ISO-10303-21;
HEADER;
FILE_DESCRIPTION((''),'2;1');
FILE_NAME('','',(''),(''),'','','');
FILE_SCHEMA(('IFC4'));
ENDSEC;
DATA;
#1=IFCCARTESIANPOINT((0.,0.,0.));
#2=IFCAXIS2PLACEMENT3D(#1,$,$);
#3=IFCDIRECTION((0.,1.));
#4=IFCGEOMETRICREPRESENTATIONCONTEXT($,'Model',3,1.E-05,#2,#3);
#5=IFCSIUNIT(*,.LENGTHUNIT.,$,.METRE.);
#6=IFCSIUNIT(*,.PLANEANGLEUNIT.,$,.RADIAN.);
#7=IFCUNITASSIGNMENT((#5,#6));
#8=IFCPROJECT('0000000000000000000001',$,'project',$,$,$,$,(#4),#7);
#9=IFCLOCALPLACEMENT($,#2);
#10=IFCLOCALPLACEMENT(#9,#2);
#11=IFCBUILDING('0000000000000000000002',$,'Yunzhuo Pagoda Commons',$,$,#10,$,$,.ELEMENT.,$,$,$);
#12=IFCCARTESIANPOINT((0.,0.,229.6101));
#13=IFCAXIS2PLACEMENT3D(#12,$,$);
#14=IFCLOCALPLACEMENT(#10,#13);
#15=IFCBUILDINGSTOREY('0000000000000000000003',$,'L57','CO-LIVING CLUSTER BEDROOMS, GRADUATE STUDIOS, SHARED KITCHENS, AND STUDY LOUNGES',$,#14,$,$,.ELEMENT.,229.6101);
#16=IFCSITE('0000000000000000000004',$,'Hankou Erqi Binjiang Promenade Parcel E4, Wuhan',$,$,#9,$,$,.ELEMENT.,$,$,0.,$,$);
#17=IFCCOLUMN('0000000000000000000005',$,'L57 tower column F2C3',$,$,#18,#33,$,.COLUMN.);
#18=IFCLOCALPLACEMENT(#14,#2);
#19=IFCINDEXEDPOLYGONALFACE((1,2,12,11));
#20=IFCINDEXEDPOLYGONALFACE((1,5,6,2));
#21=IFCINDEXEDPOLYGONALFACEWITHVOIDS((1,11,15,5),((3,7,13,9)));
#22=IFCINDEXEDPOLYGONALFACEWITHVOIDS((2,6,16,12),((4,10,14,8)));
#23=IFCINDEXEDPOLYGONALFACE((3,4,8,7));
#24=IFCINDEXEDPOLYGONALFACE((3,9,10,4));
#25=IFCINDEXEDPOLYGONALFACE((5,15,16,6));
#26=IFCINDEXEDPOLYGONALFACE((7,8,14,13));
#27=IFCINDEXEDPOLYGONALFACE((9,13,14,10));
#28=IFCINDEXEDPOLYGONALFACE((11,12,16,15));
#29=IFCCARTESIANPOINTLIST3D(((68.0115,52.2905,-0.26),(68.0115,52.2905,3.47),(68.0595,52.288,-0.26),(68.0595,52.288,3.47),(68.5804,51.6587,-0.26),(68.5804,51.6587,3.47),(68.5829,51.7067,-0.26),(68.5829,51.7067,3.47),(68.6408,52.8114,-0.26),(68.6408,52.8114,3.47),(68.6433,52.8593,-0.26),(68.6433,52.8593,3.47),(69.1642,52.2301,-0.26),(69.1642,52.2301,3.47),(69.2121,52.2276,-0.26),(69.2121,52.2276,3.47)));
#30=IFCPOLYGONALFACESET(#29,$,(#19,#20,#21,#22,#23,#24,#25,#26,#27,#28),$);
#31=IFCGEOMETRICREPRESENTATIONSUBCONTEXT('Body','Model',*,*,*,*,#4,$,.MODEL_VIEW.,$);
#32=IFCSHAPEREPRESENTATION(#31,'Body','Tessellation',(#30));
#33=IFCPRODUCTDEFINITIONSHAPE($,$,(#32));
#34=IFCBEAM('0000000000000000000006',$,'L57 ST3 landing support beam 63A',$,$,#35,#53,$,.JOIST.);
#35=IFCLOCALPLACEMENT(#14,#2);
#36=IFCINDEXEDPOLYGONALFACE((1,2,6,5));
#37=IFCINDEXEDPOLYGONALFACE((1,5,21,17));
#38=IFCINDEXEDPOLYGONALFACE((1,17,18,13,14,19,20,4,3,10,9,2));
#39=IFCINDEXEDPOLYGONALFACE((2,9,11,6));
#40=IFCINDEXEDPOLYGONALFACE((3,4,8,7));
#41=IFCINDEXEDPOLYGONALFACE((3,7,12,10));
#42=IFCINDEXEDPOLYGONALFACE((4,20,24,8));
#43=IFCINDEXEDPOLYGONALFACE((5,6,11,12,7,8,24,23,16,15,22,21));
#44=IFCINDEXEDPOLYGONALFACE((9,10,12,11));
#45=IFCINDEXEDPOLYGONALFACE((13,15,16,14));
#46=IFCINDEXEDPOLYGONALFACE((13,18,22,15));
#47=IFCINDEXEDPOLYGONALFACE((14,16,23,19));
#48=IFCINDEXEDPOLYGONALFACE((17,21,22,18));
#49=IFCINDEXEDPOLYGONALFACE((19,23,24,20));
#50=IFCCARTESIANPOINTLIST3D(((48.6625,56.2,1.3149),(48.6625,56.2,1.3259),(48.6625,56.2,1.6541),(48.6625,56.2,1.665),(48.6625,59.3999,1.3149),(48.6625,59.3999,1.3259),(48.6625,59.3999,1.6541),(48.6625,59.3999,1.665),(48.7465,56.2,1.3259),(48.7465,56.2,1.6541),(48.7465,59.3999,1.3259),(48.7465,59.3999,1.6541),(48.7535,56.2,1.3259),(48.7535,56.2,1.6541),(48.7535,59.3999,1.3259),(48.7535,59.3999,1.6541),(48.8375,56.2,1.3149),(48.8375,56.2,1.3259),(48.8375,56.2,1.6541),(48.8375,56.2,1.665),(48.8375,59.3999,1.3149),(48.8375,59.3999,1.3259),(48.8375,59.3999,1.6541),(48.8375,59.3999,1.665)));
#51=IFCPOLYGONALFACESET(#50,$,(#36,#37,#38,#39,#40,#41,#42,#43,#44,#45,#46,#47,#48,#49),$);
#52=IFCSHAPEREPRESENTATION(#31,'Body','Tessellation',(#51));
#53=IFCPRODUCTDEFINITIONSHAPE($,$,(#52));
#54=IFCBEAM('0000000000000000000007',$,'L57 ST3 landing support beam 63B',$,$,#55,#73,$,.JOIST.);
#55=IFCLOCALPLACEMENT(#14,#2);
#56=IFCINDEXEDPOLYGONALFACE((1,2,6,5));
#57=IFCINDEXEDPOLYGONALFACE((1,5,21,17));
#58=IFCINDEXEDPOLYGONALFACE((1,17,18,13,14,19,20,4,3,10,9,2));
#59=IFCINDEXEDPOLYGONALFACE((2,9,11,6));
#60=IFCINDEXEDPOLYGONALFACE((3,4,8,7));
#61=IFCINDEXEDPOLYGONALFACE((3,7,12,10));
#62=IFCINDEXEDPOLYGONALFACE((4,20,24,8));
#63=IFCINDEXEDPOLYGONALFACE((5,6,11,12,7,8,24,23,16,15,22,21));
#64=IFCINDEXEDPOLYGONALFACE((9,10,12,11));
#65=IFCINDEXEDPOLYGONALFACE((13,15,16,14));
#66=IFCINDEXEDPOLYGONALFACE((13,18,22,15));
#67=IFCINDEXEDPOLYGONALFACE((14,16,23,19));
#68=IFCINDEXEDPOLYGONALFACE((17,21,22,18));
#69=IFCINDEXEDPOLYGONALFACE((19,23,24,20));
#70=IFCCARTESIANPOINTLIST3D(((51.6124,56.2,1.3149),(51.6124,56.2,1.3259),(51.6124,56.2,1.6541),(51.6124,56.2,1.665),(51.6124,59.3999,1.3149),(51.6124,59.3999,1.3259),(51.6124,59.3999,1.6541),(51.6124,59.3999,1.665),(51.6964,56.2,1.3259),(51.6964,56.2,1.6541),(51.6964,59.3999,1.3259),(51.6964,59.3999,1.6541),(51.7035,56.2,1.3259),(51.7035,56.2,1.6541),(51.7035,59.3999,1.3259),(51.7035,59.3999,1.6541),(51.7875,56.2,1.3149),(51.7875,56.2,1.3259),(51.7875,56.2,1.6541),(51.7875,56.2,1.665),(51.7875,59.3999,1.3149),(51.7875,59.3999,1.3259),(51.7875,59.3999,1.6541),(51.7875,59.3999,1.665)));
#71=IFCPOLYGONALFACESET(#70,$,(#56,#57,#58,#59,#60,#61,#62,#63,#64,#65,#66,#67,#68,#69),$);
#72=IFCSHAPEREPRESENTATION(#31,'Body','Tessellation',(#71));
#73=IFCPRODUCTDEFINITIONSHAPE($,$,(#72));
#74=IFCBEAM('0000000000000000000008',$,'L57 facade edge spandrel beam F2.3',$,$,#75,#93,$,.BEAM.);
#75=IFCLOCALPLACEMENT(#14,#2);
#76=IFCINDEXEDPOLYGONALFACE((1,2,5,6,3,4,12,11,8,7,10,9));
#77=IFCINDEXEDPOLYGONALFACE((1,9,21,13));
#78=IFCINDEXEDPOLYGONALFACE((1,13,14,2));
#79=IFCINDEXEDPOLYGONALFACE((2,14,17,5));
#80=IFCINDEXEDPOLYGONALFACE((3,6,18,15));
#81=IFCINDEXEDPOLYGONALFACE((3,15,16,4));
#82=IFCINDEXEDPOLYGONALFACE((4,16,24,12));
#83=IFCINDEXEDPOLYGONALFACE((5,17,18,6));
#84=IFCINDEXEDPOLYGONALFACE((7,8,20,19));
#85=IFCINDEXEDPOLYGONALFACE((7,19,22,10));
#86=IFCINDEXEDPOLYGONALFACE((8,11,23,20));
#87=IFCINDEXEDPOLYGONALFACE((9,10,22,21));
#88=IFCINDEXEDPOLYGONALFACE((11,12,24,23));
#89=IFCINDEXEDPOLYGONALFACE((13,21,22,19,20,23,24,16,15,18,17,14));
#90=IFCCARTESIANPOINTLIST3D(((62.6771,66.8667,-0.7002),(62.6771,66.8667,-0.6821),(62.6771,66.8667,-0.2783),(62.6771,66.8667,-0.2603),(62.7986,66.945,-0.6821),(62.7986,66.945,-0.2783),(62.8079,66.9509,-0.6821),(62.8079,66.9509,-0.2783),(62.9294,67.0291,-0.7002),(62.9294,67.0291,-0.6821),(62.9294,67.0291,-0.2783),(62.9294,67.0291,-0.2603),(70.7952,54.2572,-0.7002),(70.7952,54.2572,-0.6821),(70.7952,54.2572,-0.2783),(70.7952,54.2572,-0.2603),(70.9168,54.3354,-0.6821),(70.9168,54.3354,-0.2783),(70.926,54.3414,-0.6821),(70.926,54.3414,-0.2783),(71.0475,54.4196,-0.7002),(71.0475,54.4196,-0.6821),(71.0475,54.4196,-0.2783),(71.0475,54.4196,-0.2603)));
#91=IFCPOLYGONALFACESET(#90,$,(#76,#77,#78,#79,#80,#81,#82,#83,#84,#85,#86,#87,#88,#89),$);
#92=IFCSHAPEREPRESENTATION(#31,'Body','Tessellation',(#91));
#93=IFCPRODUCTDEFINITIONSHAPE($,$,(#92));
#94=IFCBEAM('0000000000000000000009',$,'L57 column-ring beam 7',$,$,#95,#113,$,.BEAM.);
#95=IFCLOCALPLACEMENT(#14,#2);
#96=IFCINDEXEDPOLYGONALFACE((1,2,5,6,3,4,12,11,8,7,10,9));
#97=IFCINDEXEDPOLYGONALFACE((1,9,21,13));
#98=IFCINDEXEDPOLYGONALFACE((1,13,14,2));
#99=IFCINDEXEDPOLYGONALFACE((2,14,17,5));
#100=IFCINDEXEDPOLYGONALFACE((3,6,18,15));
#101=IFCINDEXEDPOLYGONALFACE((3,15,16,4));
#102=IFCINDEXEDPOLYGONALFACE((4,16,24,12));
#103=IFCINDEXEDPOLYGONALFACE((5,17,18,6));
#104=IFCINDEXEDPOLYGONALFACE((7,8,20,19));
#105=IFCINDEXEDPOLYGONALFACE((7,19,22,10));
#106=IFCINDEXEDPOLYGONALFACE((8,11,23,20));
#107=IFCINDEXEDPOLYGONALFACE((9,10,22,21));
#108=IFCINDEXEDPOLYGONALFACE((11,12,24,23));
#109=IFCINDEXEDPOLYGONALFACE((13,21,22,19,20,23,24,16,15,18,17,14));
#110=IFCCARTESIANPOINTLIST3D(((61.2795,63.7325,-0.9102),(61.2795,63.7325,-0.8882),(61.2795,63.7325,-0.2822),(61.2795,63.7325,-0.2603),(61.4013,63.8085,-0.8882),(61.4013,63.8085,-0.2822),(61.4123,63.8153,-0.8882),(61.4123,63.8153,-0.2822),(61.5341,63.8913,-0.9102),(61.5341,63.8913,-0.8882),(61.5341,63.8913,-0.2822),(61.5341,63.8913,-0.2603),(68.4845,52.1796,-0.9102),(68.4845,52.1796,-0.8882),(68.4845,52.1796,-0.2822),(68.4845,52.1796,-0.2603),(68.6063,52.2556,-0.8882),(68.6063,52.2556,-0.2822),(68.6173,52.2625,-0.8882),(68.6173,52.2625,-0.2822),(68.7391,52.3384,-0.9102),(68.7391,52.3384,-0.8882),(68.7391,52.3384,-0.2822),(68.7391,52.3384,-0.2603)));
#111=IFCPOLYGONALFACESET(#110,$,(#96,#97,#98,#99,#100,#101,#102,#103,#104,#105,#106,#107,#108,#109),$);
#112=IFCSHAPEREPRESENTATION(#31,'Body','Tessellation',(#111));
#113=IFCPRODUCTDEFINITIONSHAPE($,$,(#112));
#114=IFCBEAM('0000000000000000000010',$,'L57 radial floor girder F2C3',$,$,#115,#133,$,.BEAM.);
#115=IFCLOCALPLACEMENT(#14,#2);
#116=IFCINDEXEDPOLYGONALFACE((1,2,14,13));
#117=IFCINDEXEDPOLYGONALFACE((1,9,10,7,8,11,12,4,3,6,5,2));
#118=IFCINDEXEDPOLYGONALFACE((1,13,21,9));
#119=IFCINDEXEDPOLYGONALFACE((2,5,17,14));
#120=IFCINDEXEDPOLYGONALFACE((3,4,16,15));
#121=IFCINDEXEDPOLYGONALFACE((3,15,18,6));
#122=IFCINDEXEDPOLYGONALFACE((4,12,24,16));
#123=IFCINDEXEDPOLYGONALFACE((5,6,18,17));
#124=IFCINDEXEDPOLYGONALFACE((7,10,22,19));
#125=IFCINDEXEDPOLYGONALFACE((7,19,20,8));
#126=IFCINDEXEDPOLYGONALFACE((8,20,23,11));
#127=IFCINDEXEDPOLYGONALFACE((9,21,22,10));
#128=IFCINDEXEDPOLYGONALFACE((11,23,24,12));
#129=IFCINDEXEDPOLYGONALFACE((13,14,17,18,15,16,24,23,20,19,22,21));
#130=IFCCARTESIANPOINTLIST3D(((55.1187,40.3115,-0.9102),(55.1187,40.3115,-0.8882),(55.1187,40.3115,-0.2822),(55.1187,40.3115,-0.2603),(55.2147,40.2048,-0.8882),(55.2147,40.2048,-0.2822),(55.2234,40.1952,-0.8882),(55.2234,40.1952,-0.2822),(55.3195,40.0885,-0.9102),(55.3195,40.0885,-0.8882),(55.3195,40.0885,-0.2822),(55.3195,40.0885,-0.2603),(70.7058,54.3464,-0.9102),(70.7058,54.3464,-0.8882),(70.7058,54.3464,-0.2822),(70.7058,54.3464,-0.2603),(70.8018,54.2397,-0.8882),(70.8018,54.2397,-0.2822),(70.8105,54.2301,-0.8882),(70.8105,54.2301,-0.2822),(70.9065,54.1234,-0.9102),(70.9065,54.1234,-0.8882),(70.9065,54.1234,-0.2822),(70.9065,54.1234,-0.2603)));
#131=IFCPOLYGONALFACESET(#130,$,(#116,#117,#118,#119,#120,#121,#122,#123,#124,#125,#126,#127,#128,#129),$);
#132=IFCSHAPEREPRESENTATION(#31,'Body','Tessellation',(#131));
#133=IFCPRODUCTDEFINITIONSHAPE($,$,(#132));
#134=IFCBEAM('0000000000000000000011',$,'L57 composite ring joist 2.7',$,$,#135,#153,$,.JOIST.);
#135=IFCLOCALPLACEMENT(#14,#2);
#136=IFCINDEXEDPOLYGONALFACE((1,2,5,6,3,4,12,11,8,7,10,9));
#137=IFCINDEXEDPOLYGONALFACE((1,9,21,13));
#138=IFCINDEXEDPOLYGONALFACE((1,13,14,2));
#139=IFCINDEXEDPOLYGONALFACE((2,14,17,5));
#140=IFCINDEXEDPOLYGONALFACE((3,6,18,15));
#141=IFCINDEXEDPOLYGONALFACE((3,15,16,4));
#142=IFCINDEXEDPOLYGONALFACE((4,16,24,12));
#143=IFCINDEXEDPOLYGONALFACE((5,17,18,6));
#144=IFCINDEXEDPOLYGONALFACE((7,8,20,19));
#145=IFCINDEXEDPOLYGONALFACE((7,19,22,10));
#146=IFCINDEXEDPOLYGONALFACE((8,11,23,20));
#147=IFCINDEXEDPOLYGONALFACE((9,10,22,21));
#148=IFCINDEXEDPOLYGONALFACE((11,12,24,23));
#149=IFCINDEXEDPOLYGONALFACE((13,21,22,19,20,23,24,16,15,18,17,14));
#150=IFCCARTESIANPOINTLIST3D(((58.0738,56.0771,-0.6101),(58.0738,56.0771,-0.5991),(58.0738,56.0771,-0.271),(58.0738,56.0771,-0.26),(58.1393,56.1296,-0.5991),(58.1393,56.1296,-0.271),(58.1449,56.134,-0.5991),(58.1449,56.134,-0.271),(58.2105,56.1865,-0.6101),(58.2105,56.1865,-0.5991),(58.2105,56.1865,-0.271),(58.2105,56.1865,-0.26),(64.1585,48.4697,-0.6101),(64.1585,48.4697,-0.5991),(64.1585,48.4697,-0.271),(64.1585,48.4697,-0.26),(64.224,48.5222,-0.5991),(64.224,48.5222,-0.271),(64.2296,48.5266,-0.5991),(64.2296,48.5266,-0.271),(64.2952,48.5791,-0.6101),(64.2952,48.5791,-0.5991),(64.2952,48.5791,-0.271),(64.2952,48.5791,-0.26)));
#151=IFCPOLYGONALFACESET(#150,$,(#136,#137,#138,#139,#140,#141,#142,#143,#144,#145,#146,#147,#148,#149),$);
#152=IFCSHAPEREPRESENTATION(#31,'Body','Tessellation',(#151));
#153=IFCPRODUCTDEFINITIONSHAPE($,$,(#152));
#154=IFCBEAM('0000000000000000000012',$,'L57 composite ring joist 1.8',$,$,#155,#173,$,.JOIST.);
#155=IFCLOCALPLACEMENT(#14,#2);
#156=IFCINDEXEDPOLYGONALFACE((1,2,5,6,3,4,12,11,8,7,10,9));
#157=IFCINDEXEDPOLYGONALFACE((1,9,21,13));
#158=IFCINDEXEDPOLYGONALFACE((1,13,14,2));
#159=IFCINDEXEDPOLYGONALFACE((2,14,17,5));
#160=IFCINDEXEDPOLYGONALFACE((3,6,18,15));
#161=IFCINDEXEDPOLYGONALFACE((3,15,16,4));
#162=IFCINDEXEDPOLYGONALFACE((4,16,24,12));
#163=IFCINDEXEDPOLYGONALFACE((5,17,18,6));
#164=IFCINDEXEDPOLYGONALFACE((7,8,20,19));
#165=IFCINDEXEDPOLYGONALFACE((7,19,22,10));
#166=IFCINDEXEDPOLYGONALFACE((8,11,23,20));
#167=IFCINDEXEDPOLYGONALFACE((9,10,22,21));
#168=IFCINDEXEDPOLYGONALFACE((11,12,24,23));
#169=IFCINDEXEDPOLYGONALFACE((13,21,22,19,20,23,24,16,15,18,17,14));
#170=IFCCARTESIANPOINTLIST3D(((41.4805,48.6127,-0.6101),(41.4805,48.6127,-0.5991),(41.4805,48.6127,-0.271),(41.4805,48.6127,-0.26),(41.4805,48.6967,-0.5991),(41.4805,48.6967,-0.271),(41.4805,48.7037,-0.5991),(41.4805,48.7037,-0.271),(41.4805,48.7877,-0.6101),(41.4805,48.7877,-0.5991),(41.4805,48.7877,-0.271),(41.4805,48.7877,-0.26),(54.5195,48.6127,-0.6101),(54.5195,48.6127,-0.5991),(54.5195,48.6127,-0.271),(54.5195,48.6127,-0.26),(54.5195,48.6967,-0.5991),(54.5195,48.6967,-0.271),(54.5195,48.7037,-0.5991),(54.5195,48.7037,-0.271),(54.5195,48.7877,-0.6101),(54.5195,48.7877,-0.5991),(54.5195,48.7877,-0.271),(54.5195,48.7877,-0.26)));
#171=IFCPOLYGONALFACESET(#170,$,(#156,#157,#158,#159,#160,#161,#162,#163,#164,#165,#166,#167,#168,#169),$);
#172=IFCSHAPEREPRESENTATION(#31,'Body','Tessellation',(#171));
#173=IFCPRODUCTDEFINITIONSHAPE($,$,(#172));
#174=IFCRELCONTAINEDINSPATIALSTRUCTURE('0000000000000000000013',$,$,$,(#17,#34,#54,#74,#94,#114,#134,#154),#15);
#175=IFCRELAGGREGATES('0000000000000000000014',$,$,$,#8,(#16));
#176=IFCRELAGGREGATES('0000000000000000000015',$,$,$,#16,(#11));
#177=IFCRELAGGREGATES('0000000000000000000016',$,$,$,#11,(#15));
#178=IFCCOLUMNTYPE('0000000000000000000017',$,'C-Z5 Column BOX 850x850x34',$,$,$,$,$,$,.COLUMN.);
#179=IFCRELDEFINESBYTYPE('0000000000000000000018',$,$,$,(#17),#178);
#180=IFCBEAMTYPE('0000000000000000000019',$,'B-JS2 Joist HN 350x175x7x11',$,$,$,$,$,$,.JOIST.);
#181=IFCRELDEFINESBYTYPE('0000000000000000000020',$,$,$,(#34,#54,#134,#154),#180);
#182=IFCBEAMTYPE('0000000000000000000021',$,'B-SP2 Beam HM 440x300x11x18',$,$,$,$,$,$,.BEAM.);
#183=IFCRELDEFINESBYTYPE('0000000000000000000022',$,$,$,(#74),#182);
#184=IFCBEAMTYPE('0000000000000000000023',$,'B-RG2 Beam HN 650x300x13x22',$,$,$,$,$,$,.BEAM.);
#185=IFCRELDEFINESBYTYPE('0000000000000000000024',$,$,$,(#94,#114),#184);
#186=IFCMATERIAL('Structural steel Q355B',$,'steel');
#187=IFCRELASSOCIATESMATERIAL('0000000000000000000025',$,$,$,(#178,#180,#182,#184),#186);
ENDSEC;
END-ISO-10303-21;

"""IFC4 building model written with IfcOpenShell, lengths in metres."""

from ifc_helpers import new_model, si_unit, direction, frame, origin, origin_2d, place, context, subcontext, project, spatial, hollow_rectangle, i_section, extrude, source, transform, mapped, material, material_profile, profile_set, type_object, element, save


model = new_model("IFC4")

# Units and contexts
model_context = context("Model", 3, precision=1e-05, world=origin(), true_north=direction((0.0, 1.0)))
body_context = subcontext(model_context, "Body", "Model", "MODEL_VIEW")
ifc_project = project(units=[si_unit("LENGTHUNIT", "METRE"), si_unit("PLANEANGLEUNIT", "RADIAN")], contexts=[model_context])

# Site, building, storey
site_placement = place(None, origin())
site = spatial("IfcSite", under=ifc_project, at=site_placement, Name="Hankou Erqi Binjiang Promenade Parcel E4, Wuhan", CompositionType="ELEMENT", RefElevation=0.0)
building_placement = place(site_placement, origin())
building = spatial("IfcBuilding", under=site, at=building_placement, Name="Yunzhuo Pagoda Commons", CompositionType="ELEMENT")
storey_placement = place(building_placement, frame((0.0, 0.0, 229.6101)))
storey = spatial("IfcBuildingStorey", under=building, at=storey_placement, Name="L57", Description="CO-LIVING CLUSTER BEDROOMS, GRADUATE STUDIOS, SHARED KITCHENS, AND STUDY LOUNGES", CompositionType="ELEMENT", Elevation=229.6101)

# Column
ifc_material_1 = material(Name="Structural steel Q355B", Category="steel")
ifc_material_profile_1 = material_profile(ifc_material_1, hollow_rectangle(XDim=0.8501, YDim=0.8501, WallThickness=0.0339, at=origin_2d()), Name="Structural steel Q355B")
ifc_profile_set_1 = profile_set([ifc_material_profile_1], Name="Structural steel Q355B")
column_type = type_object("IfcColumnType", Name="C-Z5 Column BOX 850x850x34", PredefinedType="COLUMN", material=ifc_profile_set_1)
shared_shape_1 = source(origin(), body_context, "Body", "SweptSolid", [
    extrude(hollow_rectangle(XDim=0.8501, YDim=0.8501, WallThickness=0.0339, at=origin_2d()), origin(), (0.0, 0.0, 1.0), 3.73),
])
column_placement = place(storey_placement, frame((68.6118, 52.259, -0.26), z_axis=(0.0, 0.0, 1.0), x_axis=(-0.669131, 0.743145, 0.0)))
element("IfcColumn", 1, at=column_placement, inside=storey, type_object=column_type, Name="L57 tower column F2C3", PredefinedType="COLUMN", context=body_context, shape_type="MappedRepresentation", body=[
    mapped(shared_shape_1, transform((0.0, 0.0, 0.0), scale=1.0)),
])

# Beams
ifc_material_profile_2 = material_profile(ifc_material_1, i_section(OverallWidth=0.175, OverallDepth=0.3501, WebThickness=0.0071, FlangeThickness=0.011, at=origin_2d()), Name="Structural steel Q355B")
ifc_profile_set_2 = profile_set([ifc_material_profile_2], Name="Structural steel Q355B")
beam_type_1 = type_object("IfcBeamType", Name="B-JS2 Joist HN 350x175x7x11", PredefinedType="JOIST", material=ifc_profile_set_2)
shared_shape_2 = source(origin(), body_context, "Body", "SweptSolid", [
    extrude(i_section(OverallWidth=0.175, OverallDepth=0.3501, WebThickness=0.0071, FlangeThickness=0.011, at=origin_2d()), origin(), (0.0, 0.0, 1.0), 3.2),
])
for number, where, z_axis, x_axis, name in (
    (2, (48.75, 56.2, 1.49), (0.0, 1.0, 0.0), (-1.0, 0.0, 0.0), "L57 ST3 landing support beam 63A"),
    (3, (51.7, 56.2, 1.49), (0.0, 1.0, 0.0), (-1.0, 0.0, 0.0), "L57 ST3 landing support beam 63B"),
):
    element("IfcBeam", number, at=place(storey_placement, frame(where, z_axis=z_axis, x_axis=x_axis)), inside=storey, type_object=beam_type_1, Name=name, PredefinedType="JOIST", context=body_context, shape_type="MappedRepresentation", body=[
        mapped(shared_shape_2, transform((0.0, 0.0, 0.0), scale=1.0)),
    ])
ifc_material_profile_3 = material_profile(ifc_material_1, i_section(OverallWidth=0.3, OverallDepth=0.4399, WebThickness=0.011, FlangeThickness=0.0181, at=origin_2d()), Name="Structural steel Q355B")
ifc_profile_set_3 = profile_set([ifc_material_profile_3], Name="Structural steel Q355B")
beam_type_2 = type_object("IfcBeamType", Name="B-SP2 Beam HM 440x300x11x18", PredefinedType="BEAM", material=ifc_profile_set_3)
shared_shape_3 = source(origin(), body_context, "Body", "SweptSolid", [
    extrude(i_section(OverallWidth=0.3, OverallDepth=0.4399, WebThickness=0.011, FlangeThickness=0.0181, at=origin_2d()), origin(), (0.0, 0.0, 1.0), 14.9968),
])
beam_1_placement = place(storey_placement, frame((70.9214, 54.3384, -0.4802), z_axis=(-0.541323, 0.840815, 0.0), x_axis=(-0.840815, -0.541323, 0.0)))
element("IfcBeam", 4, at=beam_1_placement, inside=storey, type_object=beam_type_2, Name="L57 facade edge spandrel beam F2.3", PredefinedType="BEAM", context=body_context, shape_type="MappedRepresentation", body=[
    mapped(shared_shape_3, transform((0.0, 0.0, 0.0), scale=1.0)),
])
ifc_material_profile_4 = material_profile(ifc_material_1, i_section(OverallWidth=0.3, OverallDepth=0.6499, WebThickness=0.0129, FlangeThickness=0.022, at=origin_2d()), Name="Structural steel Q355B")
ifc_profile_set_4 = profile_set([ifc_material_profile_4], Name="Structural steel Q355B")
beam_type_3 = type_object("IfcBeamType", Name="B-RG2 Beam HN 650x300x13x22", PredefinedType="BEAM", material=ifc_profile_set_4)
shared_shape_4 = source(origin(), body_context, "Body", "SweptSolid", [
    extrude(i_section(OverallWidth=0.3, OverallDepth=0.6499, WebThickness=0.0129, FlangeThickness=0.022, at=origin_2d()), origin(), (0.0, 0.0, 1.0), 13.6155),
])
beam_2_placement = place(storey_placement, frame((68.6118, 52.259, -0.5852), z_axis=(-0.529178, 0.848511, 0.0), x_axis=(-0.848511, -0.529178, 0.0)))
element("IfcBeam", 5, at=beam_2_placement, inside=storey, type_object=beam_type_3, Name="L57 column-ring beam 7", PredefinedType="BEAM", context=body_context, shape_type="MappedRepresentation", body=[
    mapped(shared_shape_4, transform((0.0, 0.0, 0.0), scale=1.0)),
])
shared_shape_5 = source(origin(), body_context, "Body", "SweptSolid", [
    extrude(i_section(OverallWidth=0.3, OverallDepth=0.6499, WebThickness=0.0129, FlangeThickness=0.022, at=origin_2d()), origin(), (0.0, 0.0, 1.0), 20.9746),
])
beam_3_placement = place(storey_placement, frame((70.8062, 54.2349, -0.5852), z_axis=(-0.743141, -0.669135, 0.0), x_axis=(0.669135, -0.743141, 0.0)))
element("IfcBeam", 6, at=beam_3_placement, inside=storey, type_object=beam_type_3, Name="L57 radial floor girder F2C3", PredefinedType="BEAM", context=body_context, shape_type="MappedRepresentation", body=[
    mapped(shared_shape_5, transform((0.0, 0.0, 0.0), scale=1.0)),
])
shared_shape_6 = source(origin(), body_context, "Body", "SweptSolid", [
    extrude(i_section(OverallWidth=0.175, OverallDepth=0.3501, WebThickness=0.0071, FlangeThickness=0.011, at=origin_2d()), origin(), (0.0, 0.0, 1.0), 9.7415),
])
beam_4_placement = place(storey_placement, frame((64.2268, 48.5244, -0.4351), z_axis=(-0.624619, 0.78093, 0.0), x_axis=(-0.78093, -0.624619, 0.0)))
element("IfcBeam", 7, at=beam_4_placement, inside=storey, type_object=beam_type_1, Name="L57 composite ring joist 2.7", PredefinedType="JOIST", context=body_context, shape_type="MappedRepresentation", body=[
    mapped(shared_shape_6, transform((0.0, 0.0, 0.0), scale=1.0)),
])
shared_shape_7 = source(origin(), body_context, "Body", "SweptSolid", [
    extrude(i_section(OverallWidth=0.175, OverallDepth=0.3501, WebThickness=0.0071, FlangeThickness=0.011, at=origin_2d()), origin(), (0.0, 0.0, 1.0), 13.0391),
])
beam_5_placement = place(storey_placement, frame((54.5195, 48.7002, -0.4351), z_axis=(-1.0, 0.0, 0.0), x_axis=(0.0, -1.0, 0.0)))
element("IfcBeam", 8, at=beam_5_placement, inside=storey, type_object=beam_type_1, Name="L57 composite ring joist 1.8", PredefinedType="JOIST", context=body_context, shape_type="MappedRepresentation", body=[
    mapped(shared_shape_7, transform((0.0, 0.0, 0.0), scale=1.0)),
])

save(model, "model.ifc")
